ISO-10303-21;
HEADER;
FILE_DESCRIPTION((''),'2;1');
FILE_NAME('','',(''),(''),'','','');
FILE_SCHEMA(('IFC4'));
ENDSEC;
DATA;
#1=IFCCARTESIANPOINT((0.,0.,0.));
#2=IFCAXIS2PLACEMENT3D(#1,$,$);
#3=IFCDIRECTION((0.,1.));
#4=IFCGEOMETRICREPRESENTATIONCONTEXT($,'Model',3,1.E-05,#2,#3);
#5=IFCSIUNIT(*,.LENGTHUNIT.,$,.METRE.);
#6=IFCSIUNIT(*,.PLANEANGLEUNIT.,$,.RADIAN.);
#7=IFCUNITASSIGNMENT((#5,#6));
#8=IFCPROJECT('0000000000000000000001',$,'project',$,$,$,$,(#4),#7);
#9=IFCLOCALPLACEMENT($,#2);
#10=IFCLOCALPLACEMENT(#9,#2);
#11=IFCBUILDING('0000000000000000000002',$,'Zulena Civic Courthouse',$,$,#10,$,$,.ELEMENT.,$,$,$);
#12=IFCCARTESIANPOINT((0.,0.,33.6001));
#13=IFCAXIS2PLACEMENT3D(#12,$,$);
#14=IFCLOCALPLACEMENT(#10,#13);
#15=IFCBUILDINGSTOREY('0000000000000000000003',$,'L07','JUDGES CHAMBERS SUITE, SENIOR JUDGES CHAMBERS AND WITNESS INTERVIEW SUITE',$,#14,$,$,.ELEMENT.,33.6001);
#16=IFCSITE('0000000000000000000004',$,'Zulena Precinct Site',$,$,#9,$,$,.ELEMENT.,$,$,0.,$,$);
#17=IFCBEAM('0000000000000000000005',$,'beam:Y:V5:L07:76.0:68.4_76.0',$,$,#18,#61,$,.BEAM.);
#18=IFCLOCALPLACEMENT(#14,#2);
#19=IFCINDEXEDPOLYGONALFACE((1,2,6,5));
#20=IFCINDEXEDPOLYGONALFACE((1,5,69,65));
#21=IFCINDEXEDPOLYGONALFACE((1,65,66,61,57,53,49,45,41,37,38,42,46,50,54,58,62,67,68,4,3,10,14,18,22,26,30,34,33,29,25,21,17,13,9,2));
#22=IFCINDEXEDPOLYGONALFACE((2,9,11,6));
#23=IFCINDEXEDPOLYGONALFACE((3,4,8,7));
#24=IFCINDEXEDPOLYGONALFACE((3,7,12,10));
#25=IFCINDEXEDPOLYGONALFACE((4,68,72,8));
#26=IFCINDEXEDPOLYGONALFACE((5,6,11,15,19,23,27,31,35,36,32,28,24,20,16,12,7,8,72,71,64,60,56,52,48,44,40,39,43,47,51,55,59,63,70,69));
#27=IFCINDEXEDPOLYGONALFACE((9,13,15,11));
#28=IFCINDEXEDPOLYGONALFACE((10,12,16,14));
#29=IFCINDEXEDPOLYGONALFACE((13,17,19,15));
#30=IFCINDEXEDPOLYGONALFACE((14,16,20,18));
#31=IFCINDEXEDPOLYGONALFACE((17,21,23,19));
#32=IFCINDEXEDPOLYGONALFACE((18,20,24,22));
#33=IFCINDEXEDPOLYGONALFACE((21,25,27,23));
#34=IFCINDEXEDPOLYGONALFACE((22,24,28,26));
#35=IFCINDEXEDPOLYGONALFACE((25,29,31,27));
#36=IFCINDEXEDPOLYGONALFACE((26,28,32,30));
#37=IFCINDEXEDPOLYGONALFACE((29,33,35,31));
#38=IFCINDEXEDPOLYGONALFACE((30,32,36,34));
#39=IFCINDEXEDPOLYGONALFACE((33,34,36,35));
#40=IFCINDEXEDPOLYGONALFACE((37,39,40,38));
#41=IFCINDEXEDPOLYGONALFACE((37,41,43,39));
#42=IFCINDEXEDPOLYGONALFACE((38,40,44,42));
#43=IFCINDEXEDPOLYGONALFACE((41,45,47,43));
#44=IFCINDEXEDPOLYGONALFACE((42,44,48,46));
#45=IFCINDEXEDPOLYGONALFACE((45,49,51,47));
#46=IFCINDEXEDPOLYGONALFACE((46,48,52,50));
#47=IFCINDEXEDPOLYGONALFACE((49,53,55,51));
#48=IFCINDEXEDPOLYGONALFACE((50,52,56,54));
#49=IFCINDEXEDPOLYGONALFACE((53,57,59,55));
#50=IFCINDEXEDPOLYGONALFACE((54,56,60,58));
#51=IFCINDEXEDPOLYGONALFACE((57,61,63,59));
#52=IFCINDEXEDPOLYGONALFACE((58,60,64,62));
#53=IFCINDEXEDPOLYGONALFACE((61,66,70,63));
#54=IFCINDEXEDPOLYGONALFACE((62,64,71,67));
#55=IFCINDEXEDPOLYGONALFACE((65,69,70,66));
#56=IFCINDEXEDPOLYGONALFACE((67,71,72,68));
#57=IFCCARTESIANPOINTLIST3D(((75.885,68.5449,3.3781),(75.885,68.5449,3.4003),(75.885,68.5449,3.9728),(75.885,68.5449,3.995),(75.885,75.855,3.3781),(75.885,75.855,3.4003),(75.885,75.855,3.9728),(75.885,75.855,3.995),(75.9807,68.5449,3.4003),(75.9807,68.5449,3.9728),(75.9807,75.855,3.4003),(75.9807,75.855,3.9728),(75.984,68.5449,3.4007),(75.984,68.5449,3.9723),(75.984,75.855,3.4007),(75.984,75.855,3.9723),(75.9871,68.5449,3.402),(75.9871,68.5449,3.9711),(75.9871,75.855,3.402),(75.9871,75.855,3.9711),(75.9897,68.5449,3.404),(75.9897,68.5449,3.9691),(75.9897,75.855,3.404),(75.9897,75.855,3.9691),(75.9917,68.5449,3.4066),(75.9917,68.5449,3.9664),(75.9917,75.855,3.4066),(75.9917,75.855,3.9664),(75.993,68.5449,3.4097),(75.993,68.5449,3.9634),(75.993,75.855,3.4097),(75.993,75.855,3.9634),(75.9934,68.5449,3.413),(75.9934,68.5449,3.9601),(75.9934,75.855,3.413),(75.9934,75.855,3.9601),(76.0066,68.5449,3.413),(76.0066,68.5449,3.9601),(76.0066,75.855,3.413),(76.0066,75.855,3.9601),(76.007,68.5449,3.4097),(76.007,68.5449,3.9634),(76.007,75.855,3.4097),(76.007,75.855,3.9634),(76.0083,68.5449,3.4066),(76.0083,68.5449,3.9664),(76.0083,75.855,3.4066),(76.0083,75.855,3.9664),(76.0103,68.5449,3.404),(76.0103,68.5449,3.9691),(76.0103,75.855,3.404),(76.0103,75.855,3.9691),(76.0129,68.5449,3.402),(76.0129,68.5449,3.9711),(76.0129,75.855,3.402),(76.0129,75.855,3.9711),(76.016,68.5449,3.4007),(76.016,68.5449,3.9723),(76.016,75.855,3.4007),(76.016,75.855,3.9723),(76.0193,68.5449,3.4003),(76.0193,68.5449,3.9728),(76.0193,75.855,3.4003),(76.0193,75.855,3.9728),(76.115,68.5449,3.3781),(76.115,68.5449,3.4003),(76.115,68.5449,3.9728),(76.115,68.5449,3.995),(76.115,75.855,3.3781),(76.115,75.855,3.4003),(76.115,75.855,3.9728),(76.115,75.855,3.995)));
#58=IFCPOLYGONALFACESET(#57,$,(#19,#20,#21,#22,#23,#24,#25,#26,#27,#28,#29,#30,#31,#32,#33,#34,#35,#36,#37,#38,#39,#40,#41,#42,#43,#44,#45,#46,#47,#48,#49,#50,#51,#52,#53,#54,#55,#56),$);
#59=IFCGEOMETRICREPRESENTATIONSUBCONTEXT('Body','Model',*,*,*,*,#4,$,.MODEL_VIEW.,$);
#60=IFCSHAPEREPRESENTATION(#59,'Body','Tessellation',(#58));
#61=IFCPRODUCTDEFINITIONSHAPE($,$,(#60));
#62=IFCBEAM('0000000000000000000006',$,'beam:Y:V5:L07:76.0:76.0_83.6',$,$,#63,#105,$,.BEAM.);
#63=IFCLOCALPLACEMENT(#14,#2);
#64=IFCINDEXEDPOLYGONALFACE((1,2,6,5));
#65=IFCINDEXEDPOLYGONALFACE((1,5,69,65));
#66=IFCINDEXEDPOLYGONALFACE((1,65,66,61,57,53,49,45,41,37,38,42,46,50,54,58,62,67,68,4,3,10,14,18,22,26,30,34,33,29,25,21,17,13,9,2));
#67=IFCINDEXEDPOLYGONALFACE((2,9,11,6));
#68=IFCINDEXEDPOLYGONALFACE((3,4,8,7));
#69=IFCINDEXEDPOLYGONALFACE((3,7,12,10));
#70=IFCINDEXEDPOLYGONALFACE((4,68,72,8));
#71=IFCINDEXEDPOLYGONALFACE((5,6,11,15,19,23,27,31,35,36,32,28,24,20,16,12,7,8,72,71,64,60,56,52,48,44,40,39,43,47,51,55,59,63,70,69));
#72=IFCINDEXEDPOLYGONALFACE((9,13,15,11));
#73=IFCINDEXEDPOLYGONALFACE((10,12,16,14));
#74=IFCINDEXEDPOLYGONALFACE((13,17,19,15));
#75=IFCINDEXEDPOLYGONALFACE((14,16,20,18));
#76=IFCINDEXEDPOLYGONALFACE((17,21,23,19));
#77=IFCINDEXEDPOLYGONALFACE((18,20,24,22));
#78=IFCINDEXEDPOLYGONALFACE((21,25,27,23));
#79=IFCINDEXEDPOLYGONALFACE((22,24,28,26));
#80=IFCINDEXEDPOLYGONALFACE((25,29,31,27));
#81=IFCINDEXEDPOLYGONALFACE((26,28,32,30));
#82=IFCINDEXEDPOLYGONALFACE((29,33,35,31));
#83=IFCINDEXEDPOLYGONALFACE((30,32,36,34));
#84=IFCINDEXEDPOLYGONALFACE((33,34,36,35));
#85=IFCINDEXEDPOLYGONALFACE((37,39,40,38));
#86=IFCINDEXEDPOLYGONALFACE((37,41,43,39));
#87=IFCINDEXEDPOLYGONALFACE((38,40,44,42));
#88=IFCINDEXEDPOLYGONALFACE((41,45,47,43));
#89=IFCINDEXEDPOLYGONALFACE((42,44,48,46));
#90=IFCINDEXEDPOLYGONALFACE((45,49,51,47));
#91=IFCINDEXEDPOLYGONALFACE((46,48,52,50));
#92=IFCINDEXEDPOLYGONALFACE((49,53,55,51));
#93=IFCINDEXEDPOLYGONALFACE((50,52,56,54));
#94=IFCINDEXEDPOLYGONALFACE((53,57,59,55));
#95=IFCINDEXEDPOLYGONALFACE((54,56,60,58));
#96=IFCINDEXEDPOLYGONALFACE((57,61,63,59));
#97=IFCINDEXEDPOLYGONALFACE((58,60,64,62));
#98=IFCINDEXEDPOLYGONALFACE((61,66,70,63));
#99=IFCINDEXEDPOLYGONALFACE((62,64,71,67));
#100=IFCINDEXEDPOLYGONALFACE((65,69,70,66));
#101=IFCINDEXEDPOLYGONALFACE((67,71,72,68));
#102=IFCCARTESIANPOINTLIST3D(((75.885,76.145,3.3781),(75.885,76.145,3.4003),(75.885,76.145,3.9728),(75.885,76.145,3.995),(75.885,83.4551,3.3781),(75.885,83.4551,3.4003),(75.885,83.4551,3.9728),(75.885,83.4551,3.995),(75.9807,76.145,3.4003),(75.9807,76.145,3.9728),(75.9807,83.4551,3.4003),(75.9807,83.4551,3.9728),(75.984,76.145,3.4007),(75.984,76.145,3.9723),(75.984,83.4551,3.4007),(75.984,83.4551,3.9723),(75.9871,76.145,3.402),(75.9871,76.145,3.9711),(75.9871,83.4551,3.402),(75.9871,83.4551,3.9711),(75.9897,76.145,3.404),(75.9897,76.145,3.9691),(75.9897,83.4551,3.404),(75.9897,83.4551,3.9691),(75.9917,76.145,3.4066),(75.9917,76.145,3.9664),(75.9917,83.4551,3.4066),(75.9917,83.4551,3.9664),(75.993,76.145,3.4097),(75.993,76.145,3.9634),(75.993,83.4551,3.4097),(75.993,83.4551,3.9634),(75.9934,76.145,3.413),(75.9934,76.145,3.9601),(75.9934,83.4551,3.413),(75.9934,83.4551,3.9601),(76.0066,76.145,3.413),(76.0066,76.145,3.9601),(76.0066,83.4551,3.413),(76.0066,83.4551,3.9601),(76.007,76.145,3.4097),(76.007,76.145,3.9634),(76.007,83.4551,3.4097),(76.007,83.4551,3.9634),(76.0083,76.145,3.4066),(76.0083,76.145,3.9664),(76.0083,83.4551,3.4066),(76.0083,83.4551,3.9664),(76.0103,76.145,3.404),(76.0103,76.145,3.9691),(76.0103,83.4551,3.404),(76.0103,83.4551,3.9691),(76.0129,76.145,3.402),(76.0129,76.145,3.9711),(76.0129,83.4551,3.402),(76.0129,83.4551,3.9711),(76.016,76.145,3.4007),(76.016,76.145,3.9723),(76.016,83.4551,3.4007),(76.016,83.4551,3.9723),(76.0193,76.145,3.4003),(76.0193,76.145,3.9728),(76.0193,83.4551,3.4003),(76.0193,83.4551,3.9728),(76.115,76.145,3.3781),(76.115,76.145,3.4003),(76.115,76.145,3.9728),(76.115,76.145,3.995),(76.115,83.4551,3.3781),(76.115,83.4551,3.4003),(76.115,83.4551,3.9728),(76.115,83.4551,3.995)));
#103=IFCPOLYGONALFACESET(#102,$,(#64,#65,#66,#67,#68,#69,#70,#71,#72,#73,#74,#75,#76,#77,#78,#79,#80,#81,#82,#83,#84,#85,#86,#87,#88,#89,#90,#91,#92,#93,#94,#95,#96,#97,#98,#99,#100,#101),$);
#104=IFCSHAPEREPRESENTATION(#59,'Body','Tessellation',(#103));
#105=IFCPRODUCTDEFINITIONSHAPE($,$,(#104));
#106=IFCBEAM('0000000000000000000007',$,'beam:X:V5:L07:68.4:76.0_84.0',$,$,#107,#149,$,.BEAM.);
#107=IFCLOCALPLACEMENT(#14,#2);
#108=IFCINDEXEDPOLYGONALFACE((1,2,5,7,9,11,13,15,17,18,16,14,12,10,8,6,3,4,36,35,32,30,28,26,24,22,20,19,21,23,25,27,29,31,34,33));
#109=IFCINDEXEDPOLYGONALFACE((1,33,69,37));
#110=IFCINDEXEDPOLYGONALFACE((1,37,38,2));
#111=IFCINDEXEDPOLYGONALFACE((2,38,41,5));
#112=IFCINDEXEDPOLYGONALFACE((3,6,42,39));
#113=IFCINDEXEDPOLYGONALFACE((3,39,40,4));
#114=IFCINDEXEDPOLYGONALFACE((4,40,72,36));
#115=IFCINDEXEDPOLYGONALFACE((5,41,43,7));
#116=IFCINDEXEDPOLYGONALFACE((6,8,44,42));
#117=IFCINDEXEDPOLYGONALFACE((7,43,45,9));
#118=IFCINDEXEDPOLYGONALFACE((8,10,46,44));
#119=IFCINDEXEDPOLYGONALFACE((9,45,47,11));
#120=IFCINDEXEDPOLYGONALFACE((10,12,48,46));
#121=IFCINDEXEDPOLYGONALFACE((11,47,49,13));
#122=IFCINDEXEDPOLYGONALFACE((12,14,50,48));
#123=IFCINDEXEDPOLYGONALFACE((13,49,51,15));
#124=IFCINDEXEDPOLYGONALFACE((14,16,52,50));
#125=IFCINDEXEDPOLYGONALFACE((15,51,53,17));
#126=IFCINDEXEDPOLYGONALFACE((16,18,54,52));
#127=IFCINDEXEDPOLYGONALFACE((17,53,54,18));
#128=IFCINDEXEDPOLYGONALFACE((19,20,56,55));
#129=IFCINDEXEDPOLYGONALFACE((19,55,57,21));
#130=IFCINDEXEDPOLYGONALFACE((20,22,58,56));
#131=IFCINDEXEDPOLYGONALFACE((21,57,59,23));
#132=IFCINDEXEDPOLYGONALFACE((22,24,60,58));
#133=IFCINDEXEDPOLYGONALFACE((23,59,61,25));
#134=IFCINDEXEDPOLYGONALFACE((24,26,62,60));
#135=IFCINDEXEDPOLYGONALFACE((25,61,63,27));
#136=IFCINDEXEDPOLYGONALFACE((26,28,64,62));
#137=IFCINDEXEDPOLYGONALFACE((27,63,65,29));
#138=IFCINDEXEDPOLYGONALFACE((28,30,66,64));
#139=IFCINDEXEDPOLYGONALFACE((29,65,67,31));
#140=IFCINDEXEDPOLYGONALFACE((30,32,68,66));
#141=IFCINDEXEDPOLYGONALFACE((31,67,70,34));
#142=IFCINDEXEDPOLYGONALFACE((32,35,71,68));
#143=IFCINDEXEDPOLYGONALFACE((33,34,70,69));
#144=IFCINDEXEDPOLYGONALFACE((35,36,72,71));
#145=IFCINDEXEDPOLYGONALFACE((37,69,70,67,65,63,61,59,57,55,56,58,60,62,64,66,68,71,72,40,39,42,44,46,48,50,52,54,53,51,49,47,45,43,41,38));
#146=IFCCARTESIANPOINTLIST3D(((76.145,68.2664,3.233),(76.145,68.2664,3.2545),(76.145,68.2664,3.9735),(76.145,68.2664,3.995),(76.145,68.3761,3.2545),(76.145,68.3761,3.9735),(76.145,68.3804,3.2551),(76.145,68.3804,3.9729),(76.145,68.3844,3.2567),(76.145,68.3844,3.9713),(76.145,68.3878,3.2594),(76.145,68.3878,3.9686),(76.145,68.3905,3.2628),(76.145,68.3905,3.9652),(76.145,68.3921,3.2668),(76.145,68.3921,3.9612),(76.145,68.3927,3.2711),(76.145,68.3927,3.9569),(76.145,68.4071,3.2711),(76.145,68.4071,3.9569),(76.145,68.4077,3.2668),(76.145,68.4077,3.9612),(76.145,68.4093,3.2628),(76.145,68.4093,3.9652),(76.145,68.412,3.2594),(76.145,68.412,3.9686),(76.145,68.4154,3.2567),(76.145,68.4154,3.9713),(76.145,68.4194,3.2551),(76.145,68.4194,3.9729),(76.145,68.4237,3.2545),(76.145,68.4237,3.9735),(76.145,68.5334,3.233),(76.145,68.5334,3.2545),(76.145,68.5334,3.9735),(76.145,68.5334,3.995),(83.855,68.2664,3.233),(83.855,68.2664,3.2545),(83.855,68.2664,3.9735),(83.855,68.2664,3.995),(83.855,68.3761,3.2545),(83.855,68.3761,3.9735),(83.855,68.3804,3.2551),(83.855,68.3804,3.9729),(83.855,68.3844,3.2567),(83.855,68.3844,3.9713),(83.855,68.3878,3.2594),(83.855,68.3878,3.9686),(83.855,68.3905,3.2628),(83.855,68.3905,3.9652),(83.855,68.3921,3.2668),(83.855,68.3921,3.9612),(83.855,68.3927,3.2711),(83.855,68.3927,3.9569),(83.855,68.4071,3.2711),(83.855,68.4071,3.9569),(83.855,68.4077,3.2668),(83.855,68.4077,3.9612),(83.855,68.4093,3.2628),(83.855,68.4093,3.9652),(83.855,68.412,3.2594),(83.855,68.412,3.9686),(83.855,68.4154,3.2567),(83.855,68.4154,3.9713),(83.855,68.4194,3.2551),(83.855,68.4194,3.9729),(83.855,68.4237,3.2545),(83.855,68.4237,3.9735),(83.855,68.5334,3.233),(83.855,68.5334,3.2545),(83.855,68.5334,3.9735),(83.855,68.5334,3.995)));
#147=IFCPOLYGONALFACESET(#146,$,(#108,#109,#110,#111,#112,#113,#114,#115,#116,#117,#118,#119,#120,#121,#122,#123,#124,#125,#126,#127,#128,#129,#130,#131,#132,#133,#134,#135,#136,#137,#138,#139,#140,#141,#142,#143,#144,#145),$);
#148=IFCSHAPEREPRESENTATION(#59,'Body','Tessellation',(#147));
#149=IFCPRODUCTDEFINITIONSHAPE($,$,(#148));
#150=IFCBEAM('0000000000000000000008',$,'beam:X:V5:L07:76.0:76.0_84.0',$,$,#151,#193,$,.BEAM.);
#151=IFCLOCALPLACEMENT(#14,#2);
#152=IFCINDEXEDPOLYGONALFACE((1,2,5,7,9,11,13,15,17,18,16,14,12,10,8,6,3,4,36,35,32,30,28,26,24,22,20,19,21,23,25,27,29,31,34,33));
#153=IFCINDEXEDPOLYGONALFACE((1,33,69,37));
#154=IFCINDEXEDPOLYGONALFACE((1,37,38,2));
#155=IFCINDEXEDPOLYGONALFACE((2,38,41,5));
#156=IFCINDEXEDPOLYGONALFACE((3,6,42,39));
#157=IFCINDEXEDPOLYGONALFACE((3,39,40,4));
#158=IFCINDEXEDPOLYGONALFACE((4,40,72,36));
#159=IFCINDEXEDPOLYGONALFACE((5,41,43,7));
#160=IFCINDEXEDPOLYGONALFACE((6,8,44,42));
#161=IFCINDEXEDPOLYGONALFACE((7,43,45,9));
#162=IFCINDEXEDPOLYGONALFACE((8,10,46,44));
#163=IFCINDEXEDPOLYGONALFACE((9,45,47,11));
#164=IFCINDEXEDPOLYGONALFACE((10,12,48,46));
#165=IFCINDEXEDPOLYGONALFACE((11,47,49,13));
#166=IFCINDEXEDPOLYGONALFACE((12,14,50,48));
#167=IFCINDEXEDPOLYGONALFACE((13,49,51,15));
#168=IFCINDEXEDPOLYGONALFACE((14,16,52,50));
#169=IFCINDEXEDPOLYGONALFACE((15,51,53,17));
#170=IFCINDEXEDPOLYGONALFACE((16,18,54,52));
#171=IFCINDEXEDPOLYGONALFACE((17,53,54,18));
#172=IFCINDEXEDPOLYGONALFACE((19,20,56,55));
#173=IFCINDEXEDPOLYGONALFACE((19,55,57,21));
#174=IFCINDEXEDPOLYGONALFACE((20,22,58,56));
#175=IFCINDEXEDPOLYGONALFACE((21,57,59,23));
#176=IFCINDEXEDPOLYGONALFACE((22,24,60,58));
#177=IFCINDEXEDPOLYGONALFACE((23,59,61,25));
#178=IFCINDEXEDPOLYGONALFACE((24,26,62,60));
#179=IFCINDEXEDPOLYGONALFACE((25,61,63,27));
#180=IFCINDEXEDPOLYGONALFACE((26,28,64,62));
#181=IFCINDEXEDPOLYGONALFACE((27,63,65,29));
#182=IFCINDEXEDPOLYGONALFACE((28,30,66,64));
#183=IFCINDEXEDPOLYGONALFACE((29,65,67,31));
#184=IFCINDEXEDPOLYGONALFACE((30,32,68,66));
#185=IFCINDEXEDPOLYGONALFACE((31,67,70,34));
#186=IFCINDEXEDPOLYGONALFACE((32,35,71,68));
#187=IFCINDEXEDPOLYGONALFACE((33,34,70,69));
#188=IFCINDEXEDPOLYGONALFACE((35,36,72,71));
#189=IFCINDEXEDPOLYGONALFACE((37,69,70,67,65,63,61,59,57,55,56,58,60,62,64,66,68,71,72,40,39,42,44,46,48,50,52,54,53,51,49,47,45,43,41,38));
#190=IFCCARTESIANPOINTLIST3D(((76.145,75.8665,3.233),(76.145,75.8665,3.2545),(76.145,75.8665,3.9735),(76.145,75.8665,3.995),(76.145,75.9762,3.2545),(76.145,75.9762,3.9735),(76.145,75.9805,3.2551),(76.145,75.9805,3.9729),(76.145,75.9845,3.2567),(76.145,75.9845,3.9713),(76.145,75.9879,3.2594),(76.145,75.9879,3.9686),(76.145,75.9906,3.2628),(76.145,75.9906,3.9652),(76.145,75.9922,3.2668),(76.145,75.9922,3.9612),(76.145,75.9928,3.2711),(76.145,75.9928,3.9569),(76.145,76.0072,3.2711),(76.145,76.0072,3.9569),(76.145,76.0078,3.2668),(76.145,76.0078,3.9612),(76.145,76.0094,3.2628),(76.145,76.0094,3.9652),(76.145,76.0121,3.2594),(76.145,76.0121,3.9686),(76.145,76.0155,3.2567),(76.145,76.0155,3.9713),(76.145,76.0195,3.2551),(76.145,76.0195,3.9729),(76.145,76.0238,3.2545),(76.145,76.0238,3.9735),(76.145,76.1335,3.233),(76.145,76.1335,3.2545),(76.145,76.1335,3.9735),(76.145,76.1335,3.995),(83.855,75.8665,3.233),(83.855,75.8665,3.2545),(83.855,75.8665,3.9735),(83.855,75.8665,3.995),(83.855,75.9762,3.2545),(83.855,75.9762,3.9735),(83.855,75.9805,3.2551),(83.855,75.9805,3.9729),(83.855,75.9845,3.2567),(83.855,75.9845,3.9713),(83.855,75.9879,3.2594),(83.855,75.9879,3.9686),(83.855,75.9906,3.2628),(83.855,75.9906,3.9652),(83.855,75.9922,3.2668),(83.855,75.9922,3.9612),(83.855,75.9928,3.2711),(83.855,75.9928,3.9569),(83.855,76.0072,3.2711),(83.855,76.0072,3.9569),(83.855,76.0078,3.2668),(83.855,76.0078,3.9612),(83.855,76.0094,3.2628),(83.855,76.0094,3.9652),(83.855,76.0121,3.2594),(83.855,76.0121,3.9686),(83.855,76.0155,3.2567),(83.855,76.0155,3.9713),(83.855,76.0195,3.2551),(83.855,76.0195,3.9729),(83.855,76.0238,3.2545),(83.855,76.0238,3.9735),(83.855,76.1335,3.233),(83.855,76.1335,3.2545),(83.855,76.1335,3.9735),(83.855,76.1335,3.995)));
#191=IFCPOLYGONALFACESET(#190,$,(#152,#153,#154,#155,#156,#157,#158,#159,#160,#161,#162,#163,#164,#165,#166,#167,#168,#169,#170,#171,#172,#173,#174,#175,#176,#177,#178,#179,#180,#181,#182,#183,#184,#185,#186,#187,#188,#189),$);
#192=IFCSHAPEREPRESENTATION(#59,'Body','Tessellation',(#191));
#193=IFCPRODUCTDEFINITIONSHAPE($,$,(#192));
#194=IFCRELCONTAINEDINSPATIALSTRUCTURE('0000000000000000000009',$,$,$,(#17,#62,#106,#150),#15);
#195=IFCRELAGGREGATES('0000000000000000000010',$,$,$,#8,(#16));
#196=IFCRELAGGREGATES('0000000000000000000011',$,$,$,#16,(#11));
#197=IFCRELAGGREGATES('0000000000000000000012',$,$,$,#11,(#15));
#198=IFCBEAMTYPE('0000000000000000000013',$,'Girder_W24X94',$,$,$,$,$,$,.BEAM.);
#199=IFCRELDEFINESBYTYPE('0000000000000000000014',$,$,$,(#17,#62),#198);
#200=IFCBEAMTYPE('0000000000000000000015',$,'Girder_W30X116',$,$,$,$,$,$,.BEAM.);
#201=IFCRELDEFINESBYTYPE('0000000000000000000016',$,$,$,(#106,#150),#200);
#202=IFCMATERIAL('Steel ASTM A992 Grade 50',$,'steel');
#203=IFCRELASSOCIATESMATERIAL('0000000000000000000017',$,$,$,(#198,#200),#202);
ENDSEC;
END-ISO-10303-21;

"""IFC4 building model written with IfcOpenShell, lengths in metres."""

from ifc_helpers import new_model, si_unit, direction, frame, origin, origin_2d, place, context, subcontext, project, spatial, i_section, extrude, material, material_profile, profile_set, type_object, element, save


model = new_model("IFC4")

# Units and contexts
model_context = context("Model", 3, precision=1e-05, world=origin(), true_north=direction((0.0, 1.0)))
body_context = subcontext(model_context, "Body", "Model", "MODEL_VIEW")
ifc_project = project(units=[si_unit("LENGTHUNIT", "METRE"), si_unit("PLANEANGLEUNIT", "RADIAN")], contexts=[model_context])

# Site, building, storey
site_placement = place(None, origin())
site = spatial("IfcSite", under=ifc_project, at=site_placement, Name="Zulena Precinct Site", CompositionType="ELEMENT", RefElevation=0.0)
building_placement = place(site_placement, origin())
building = spatial("IfcBuilding", under=site, at=building_placement, Name="Zulena Civic Courthouse", CompositionType="ELEMENT")
storey_placement = place(building_placement, frame((0.0, 0.0, 33.6001)))
storey = spatial("IfcBuildingStorey", under=building, at=storey_placement, Name="L07", Description="JUDGES CHAMBERS SUITE, SENIOR JUDGES CHAMBERS AND WITNESS INTERVIEW SUITE", CompositionType="ELEMENT", Elevation=33.6001)

# Shared definitions
ifc_material_1 = material(Name="Steel ASTM A992 Grade 50", Category="steel")

# Beams
ifc_material_profile_1 = material_profile(ifc_material_1, i_section(OverallWidth=0.23, OverallDepth=0.6169, WebThickness=0.0132, FlangeThickness=0.0222, FilletRadius=0.0127, at=origin_2d()), Name="W24X94")
ifc_profile_set_1 = profile_set([ifc_material_profile_1], Name="Steel ASTM A992 Grade 50")
beam_type_1 = type_object("IfcBeamType", Name="Girder_W24X94", PredefinedType="BEAM", material=ifc_profile_set_1)
for number, where, z_axis, x_axis, name in (
    (1, (76.0, 68.5449, 3.6865), (0.0, 1.0, 0.0), (-1.0, 0.0, 0.0), "beam:Y:V5:L07:76.0:68.4_76.0"),
    (2, (76.0, 76.145, 3.6865), (0.0, 1.0, 0.0), (-1.0, 0.0, 0.0), "beam:Y:V5:L07:76.0:76.0_83.6"),
):
    element("IfcBeam", number, at=place(storey_placement, frame(where, z_axis=z_axis, x_axis=x_axis)), inside=storey, type_object=beam_type_1, Name=name, PredefinedType="BEAM", context=body_context, shape_type="SweptSolid", body=[
        extrude(i_section(OverallWidth=0.23, OverallDepth=0.6169, WebThickness=0.0132, FlangeThickness=0.0222, FilletRadius=0.0127, at=origin_2d()), origin(), (0.0, 0.0, 1.0), 7.3101),
    ])
ifc_material_profile_2 = material_profile(ifc_material_1, i_section(OverallWidth=0.2671, OverallDepth=0.762, WebThickness=0.0144, FlangeThickness=0.0215, FilletRadius=0.0166, at=origin_2d()), Name="W30X116")
ifc_profile_set_2 = profile_set([ifc_material_profile_2], Name="Steel ASTM A992 Grade 50")
beam_type_2 = type_object("IfcBeamType", Name="Girder_W30X116", PredefinedType="BEAM", material=ifc_profile_set_2)
for number, where, z_axis, x_axis, name in (
    (3, (76.145, 68.3999, 3.614), (1.0, 0.0, 0.0), (0.0, 1.0, 0.0), "beam:X:V5:L07:68.4:76.0_84.0"),
    (4, (76.145, 76.0, 3.614), (1.0, 0.0, 0.0), (0.0, 1.0, 0.0), "beam:X:V5:L07:76.0:76.0_84.0"),
):
    element("IfcBeam", number, at=place(storey_placement, frame(where, z_axis=z_axis, x_axis=x_axis)), inside=storey, type_object=beam_type_2, Name=name, PredefinedType="BEAM", context=body_context, shape_type="SweptSolid", body=[
        extrude(i_section(OverallWidth=0.2671, OverallDepth=0.762, WebThickness=0.0144, FlangeThickness=0.0215, FilletRadius=0.0166, at=origin_2d()), origin(), (0.0, 0.0, 1.0), 7.71),
    ])

save(model, "model.ifc")
